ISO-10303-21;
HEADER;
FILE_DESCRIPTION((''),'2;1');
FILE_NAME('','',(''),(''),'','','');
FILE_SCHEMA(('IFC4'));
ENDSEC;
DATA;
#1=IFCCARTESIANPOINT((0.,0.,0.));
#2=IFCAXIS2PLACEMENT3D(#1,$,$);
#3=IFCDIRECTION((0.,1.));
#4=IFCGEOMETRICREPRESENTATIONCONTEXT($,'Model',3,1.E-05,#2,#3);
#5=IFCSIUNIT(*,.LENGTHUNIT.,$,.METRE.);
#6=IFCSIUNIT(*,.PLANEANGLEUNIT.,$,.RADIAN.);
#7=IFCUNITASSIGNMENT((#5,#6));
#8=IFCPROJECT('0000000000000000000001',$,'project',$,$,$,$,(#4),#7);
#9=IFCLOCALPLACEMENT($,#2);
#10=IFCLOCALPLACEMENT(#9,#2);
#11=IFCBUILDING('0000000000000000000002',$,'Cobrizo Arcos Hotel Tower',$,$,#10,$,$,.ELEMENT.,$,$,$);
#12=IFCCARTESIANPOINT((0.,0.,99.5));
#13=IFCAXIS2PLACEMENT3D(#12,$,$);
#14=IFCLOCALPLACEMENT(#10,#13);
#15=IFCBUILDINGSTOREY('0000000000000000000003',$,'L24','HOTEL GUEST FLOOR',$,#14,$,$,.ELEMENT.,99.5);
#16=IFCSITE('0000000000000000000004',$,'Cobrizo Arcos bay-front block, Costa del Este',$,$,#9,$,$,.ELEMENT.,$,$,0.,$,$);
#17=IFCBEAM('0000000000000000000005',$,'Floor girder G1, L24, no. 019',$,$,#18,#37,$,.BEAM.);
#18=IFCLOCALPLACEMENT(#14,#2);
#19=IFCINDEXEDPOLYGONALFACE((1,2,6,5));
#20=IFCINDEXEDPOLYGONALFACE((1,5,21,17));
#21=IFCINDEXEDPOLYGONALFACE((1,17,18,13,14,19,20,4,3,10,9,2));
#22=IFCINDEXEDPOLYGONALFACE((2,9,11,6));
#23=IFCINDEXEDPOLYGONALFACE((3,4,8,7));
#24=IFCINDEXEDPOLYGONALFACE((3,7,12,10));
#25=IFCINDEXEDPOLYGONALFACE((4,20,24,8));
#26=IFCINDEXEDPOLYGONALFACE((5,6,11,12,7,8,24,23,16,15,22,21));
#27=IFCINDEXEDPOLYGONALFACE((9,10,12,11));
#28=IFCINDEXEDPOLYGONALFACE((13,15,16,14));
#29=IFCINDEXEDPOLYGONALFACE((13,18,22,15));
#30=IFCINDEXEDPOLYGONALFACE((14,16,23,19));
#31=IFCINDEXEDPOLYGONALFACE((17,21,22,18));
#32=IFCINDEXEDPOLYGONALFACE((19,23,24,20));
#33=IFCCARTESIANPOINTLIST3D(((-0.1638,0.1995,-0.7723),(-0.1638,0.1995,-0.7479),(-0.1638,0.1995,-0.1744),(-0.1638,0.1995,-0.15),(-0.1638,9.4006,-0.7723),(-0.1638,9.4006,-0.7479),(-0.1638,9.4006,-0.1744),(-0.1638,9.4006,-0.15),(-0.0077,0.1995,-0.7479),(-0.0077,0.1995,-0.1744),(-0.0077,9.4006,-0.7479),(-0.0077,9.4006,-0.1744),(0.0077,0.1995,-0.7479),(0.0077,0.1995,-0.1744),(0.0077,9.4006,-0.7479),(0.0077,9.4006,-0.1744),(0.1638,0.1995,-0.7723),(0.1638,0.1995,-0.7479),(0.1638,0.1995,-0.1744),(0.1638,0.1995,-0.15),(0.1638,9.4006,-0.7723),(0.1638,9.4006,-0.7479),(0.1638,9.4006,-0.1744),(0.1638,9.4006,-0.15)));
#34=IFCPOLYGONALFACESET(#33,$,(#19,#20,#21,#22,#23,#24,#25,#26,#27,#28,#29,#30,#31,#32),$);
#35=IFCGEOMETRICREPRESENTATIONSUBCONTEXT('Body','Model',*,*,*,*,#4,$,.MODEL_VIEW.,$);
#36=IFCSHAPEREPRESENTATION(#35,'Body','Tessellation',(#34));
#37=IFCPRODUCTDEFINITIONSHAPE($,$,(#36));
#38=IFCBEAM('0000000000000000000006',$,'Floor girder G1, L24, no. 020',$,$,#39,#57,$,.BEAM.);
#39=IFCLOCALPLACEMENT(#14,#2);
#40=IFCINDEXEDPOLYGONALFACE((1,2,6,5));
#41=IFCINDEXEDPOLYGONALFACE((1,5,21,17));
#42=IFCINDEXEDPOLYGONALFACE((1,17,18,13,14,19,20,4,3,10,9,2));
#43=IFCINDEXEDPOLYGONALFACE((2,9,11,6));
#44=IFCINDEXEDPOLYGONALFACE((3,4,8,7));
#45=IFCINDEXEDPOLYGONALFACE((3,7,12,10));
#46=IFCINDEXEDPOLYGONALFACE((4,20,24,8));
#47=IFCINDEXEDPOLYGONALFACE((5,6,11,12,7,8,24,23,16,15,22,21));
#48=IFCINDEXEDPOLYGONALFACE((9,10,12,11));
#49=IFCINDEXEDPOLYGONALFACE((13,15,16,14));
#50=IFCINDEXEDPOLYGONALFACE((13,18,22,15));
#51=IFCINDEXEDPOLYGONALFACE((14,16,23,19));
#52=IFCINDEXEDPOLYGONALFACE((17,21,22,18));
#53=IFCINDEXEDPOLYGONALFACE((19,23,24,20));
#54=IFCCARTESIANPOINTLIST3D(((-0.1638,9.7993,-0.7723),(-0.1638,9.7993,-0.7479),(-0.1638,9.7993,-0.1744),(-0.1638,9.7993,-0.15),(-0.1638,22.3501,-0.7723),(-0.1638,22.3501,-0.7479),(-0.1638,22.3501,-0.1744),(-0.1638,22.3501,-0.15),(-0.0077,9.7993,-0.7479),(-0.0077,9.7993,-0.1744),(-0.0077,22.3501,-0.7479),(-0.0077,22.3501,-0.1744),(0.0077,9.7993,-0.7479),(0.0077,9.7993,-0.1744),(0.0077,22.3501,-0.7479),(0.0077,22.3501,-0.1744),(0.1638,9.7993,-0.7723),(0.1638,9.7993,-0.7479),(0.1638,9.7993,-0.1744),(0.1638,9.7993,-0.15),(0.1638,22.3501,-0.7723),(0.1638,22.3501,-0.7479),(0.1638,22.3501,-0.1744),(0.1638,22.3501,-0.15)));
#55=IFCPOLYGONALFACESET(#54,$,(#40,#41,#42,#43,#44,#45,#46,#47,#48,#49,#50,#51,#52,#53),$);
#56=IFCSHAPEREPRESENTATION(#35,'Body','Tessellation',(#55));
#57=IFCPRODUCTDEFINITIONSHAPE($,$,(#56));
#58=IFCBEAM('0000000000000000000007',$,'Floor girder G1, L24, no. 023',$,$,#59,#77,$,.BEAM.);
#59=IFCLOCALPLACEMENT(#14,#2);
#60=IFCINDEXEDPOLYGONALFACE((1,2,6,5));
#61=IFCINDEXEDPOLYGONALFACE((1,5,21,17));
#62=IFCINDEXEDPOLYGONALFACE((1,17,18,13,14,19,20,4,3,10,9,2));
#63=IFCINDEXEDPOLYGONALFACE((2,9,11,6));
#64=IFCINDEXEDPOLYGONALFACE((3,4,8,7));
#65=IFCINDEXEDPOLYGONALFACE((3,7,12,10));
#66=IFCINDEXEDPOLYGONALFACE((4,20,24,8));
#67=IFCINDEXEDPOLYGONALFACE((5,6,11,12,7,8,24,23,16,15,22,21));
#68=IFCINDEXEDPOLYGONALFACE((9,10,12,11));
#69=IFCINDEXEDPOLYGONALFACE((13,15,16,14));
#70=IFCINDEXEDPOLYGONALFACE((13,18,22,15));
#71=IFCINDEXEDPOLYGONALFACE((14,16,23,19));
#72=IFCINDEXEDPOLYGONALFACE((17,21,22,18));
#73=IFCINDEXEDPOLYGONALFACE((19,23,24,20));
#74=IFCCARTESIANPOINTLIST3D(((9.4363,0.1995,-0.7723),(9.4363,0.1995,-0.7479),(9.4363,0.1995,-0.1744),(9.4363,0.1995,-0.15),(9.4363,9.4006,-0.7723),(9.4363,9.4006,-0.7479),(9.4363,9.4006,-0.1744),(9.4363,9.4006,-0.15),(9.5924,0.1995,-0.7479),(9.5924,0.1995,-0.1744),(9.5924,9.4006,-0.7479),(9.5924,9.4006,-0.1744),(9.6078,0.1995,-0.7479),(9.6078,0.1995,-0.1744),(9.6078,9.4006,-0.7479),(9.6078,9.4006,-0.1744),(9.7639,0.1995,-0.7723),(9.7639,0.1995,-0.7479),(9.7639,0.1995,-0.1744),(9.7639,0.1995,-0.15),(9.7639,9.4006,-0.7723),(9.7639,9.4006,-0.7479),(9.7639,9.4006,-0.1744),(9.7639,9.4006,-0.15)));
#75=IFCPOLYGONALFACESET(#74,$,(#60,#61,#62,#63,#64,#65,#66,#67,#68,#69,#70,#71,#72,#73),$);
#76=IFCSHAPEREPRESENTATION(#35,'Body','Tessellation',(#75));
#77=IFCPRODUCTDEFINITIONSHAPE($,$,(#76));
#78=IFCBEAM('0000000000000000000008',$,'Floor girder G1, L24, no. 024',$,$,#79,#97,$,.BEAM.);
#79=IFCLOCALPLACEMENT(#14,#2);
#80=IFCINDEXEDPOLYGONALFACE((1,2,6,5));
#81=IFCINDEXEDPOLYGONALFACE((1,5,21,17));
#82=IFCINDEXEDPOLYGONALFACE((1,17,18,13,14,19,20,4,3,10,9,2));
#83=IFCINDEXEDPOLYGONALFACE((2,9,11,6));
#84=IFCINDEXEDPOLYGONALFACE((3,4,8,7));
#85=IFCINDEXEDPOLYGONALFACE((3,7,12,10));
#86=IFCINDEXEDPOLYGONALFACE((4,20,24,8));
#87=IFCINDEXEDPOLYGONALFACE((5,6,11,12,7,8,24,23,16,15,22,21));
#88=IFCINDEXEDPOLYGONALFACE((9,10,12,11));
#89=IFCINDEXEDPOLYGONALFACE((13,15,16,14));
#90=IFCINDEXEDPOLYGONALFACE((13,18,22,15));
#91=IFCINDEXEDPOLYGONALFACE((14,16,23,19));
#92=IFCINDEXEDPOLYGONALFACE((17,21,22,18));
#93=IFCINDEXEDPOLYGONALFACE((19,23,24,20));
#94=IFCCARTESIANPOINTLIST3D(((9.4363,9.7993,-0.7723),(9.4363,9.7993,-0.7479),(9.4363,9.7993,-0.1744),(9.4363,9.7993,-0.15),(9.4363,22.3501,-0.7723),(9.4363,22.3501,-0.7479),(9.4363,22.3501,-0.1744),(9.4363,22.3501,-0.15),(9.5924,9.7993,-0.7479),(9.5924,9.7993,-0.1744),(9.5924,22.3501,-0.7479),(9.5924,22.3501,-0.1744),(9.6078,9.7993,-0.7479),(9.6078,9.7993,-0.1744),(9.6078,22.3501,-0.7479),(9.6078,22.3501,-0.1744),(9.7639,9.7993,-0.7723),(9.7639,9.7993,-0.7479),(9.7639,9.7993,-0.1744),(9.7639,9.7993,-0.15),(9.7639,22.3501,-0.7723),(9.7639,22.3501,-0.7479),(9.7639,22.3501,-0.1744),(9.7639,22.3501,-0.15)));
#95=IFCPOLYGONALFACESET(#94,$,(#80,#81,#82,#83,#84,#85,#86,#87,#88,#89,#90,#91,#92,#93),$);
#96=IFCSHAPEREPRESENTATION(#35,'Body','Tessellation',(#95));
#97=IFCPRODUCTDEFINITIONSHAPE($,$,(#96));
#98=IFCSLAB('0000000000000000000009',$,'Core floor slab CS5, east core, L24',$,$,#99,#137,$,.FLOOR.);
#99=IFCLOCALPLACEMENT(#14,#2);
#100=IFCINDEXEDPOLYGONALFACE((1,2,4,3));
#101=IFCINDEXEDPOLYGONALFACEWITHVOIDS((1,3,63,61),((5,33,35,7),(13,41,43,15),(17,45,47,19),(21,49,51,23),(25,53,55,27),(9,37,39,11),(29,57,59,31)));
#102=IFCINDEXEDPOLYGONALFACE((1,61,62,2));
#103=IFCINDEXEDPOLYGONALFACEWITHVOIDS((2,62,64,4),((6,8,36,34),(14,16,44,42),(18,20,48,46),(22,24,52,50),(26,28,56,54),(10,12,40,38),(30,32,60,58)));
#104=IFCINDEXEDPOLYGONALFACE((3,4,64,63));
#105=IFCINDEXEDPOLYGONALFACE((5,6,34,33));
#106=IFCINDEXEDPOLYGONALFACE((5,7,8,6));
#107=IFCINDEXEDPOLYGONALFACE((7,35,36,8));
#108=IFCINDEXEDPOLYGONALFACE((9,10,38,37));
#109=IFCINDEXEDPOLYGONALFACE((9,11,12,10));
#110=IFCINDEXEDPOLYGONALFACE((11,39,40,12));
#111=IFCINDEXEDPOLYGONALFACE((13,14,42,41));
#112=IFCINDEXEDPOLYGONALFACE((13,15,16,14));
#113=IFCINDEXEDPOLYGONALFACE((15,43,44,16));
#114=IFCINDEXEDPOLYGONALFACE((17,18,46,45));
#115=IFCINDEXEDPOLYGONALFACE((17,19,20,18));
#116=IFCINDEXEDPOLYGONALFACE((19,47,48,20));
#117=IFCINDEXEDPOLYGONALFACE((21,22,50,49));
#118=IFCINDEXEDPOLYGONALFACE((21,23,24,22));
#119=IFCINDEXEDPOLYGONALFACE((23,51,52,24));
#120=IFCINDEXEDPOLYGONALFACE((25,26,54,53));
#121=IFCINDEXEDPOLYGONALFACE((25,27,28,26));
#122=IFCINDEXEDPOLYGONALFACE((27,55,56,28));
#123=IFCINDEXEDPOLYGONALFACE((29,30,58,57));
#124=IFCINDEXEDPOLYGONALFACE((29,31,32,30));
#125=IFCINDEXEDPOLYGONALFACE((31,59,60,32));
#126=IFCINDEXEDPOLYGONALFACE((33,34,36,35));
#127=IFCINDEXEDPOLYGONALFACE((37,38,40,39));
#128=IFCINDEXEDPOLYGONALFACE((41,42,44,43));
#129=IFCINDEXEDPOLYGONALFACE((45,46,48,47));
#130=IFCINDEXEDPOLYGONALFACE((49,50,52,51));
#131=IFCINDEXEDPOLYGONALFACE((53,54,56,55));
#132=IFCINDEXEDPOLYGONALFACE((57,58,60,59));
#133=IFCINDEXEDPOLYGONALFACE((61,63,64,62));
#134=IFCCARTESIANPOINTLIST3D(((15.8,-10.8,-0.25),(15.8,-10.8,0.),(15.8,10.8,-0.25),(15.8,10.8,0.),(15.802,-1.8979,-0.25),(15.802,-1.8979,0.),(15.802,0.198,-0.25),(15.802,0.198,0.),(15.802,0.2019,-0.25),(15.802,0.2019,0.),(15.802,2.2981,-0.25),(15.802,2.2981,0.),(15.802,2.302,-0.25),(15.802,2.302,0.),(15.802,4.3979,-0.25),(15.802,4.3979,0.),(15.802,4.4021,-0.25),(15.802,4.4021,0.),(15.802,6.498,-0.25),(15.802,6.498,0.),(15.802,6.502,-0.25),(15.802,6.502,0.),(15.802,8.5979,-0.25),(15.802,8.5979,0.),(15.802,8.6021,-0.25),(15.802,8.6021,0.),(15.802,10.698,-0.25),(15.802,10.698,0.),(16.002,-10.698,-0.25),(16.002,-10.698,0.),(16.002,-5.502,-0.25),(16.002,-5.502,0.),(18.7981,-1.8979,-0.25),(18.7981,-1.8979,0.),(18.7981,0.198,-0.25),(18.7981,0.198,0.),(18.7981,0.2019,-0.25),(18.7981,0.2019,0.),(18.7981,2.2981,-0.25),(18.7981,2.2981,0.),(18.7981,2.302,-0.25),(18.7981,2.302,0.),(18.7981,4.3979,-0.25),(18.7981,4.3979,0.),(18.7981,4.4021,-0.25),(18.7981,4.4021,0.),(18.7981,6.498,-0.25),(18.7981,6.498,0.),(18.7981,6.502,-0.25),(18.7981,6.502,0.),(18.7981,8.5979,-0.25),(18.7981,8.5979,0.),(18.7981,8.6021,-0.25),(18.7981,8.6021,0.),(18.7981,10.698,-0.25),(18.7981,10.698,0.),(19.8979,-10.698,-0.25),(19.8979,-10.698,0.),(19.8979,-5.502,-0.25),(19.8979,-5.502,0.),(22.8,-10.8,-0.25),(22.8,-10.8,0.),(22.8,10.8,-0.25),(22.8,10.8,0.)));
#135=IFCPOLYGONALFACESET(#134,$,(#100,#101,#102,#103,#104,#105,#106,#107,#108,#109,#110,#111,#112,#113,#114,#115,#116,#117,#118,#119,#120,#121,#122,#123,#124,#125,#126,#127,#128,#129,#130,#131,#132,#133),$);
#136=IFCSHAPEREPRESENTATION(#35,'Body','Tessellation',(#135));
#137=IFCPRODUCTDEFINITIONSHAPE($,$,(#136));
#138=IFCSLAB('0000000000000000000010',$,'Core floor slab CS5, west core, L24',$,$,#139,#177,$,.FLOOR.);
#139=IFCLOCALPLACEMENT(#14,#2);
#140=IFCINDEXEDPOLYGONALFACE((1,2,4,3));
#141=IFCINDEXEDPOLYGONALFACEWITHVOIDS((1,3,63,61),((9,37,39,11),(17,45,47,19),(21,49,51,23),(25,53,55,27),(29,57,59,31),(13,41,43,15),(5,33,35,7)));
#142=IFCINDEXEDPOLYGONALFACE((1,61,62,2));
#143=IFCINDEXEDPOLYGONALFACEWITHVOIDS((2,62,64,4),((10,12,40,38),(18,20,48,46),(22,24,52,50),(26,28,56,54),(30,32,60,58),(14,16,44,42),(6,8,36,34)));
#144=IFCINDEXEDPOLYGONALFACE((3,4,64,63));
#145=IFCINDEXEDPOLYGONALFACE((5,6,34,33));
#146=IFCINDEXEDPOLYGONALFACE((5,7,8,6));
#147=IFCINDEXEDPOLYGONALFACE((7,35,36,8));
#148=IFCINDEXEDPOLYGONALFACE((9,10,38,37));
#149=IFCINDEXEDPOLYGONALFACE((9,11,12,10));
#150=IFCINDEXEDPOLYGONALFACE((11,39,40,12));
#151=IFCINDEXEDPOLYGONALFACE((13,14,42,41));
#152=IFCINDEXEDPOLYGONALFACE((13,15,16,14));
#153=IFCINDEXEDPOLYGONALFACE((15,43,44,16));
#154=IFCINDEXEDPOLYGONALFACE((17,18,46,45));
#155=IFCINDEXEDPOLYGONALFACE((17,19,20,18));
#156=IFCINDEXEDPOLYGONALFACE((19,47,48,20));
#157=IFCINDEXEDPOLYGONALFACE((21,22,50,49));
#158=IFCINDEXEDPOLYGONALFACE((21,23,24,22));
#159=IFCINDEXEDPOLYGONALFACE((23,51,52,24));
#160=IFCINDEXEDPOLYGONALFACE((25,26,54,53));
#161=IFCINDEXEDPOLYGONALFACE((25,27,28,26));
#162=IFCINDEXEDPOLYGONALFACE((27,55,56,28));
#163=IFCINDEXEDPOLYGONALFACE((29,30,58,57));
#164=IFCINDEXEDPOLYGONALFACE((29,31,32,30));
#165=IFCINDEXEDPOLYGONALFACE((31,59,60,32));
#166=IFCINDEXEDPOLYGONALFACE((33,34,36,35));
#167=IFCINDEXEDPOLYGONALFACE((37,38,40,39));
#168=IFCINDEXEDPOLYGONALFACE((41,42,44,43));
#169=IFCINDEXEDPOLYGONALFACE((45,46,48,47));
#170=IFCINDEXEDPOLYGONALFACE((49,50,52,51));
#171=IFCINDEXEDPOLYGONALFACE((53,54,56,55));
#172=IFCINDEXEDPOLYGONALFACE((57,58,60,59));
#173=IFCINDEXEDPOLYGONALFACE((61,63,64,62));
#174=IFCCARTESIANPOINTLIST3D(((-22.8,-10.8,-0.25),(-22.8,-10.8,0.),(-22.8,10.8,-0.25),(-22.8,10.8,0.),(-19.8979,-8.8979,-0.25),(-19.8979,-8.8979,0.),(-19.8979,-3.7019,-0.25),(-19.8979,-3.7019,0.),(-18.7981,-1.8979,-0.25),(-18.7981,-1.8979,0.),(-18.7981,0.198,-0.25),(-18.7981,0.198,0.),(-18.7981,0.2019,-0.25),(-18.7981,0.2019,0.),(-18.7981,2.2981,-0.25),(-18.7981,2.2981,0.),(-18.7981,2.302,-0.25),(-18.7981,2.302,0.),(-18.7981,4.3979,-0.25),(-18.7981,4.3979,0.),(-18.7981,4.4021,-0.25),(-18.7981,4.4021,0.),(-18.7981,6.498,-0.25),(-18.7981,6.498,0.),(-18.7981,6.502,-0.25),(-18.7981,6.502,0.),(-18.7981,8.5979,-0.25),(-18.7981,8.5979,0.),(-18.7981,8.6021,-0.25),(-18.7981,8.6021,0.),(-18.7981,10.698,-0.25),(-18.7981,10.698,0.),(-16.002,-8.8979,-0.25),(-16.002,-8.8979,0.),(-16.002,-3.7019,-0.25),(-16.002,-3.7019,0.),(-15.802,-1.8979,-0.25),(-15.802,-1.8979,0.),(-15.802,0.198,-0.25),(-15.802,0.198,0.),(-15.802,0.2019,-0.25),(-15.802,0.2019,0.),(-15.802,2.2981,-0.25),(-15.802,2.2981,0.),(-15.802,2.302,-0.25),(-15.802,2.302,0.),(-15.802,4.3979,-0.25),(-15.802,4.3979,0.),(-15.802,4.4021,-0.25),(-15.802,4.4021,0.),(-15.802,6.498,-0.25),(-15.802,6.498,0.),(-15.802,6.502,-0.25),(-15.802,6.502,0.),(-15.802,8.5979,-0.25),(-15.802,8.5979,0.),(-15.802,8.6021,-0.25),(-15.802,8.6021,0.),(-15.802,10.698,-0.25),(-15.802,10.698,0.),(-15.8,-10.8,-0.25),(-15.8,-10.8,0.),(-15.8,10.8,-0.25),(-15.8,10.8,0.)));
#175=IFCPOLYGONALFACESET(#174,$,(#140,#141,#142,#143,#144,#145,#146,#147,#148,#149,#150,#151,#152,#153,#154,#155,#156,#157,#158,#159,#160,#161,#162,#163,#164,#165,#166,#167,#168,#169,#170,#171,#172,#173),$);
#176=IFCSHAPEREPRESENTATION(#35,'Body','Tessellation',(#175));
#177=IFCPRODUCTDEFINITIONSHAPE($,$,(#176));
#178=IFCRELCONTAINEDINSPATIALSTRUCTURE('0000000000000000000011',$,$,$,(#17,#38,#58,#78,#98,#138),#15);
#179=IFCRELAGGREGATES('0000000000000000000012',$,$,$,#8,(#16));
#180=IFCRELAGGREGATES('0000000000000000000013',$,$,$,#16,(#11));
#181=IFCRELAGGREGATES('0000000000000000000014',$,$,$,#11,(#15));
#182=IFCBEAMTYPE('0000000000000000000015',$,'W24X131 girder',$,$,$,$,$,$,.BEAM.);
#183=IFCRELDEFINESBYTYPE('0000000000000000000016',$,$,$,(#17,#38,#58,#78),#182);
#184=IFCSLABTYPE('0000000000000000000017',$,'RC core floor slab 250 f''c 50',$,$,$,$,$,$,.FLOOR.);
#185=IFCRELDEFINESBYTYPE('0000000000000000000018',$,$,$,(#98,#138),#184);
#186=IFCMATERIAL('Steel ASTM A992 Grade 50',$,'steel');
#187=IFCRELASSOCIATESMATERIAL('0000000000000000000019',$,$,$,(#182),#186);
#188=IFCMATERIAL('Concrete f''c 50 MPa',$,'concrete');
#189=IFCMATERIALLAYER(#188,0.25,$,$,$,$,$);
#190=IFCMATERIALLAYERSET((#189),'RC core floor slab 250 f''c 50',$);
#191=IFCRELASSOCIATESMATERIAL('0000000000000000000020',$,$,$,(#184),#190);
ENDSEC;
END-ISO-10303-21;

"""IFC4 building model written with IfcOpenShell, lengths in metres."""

from ifc_helpers import new_model, si_unit, direction, frame, origin, origin_2d, place, context, subcontext, project, spatial, polyline, i_section, outline, extrude, material, layer, layer_set, material_profile, profile_set, type_object, element, save


model = new_model("IFC4")

# Units and contexts
model_context = context("Model", 3, precision=1e-05, world=origin(), true_north=direction((0.0, 1.0)))
body_context = subcontext(model_context, "Body", "Model", "MODEL_VIEW")
ifc_project = project(units=[si_unit("LENGTHUNIT", "METRE"), si_unit("PLANEANGLEUNIT", "RADIAN")], contexts=[model_context])

# Site, building, storey
site_placement = place(None, origin())
site = spatial("IfcSite", under=ifc_project, at=site_placement, Name="Cobrizo Arcos bay-front block, Costa del Este", CompositionType="ELEMENT", RefElevation=0.0)
building_placement = place(site_placement, origin())
building = spatial("IfcBuilding", under=site, at=building_placement, Name="Cobrizo Arcos Hotel Tower", CompositionType="ELEMENT")
storey_placement = place(building_placement, frame((0.0, 0.0, 99.5)))
storey = spatial("IfcBuildingStorey", under=building, at=storey_placement, Name="L24", Description="HOTEL GUEST FLOOR", CompositionType="ELEMENT", Elevation=99.5)

# Shared definitions
ifc_material_1 = material(Name="Steel ASTM A992 Grade 50", Category="steel")

# Beams
ifc_material_profile_1 = material_profile(ifc_material_1, i_section(OverallWidth=0.3276, OverallDepth=0.6223, WebThickness=0.0154, FlangeThickness=0.0244, at=origin_2d()), Name="W24X131")
ifc_profile_set_1 = profile_set([ifc_material_profile_1], Name="Steel ASTM A992 Grade 50")
beam_type_1 = type_object("IfcBeamType", Name="W24X131 girder", PredefinedType="BEAM", material=ifc_profile_set_1)
beam_1_placement = place(storey_placement, frame((0.0, 0.1995, -0.4612), z_axis=(0.0, 1.0, 0.0), x_axis=(-1.0, 0.0, 0.0)))
element("IfcBeam", 1, at=beam_1_placement, inside=storey, type_object=beam_type_1, Name="Floor girder G1, L24, no. 019", PredefinedType="BEAM", context=body_context, shape_type="SweptSolid", body=[
    extrude(i_section(OverallWidth=0.3276, OverallDepth=0.6223, WebThickness=0.0154, FlangeThickness=0.0244, at=origin_2d()), origin(), (0.0, 0.0, 1.0), 9.2012),
])
beam_2_placement = place(storey_placement, frame((0.0, 9.7993, -0.4612), z_axis=(0.0, 1.0, 0.0), x_axis=(-1.0, 0.0, 0.0)))
element("IfcBeam", 2, at=beam_2_placement, inside=storey, type_object=beam_type_1, Name="Floor girder G1, L24, no. 020", PredefinedType="BEAM", context=body_context, shape_type="SweptSolid", body=[
    extrude(i_section(OverallWidth=0.3276, OverallDepth=0.6223, WebThickness=0.0154, FlangeThickness=0.0244, at=origin_2d()), origin(), (0.0, 0.0, 1.0), 12.5508),
])
beam_3_placement = place(storey_placement, frame((9.6001, 0.1995, -0.4612), z_axis=(0.0, 1.0, 0.0), x_axis=(-1.0, 0.0, 0.0)))
element("IfcBeam", 3, at=beam_3_placement, inside=storey, type_object=beam_type_1, Name="Floor girder G1, L24, no. 023", PredefinedType="BEAM", context=body_context, shape_type="SweptSolid", body=[
    extrude(i_section(OverallWidth=0.3276, OverallDepth=0.6223, WebThickness=0.0154, FlangeThickness=0.0244, at=origin_2d()), origin(), (0.0, 0.0, 1.0), 9.2012),
])
beam_4_placement = place(storey_placement, frame((9.6001, 9.7993, -0.4612), z_axis=(0.0, 1.0, 0.0), x_axis=(-1.0, 0.0, 0.0)))
element("IfcBeam", 4, at=beam_4_placement, inside=storey, type_object=beam_type_1, Name="Floor girder G1, L24, no. 024", PredefinedType="BEAM", context=body_context, shape_type="SweptSolid", body=[
    extrude(i_section(OverallWidth=0.3276, OverallDepth=0.6223, WebThickness=0.0154, FlangeThickness=0.0244, at=origin_2d()), origin(), (0.0, 0.0, 1.0), 12.5508),
])

# Slabs
ifc_material_2 = material(Name="Concrete f'c 50 MPa", Category="concrete")
ifc_layer_1 = layer(ifc_material_2, 0.25)
ifc_layer_set_1 = layer_set([ifc_layer_1], Name="RC core floor slab 250 f'c 50")
slab_type_1 = type_object("IfcSlabType", Name="RC core floor slab 250 f'c 50", PredefinedType="FLOOR", material=ifc_layer_set_1)
slab_1_placement = place(storey_placement, frame((0.0, 0.0, -0.25)))
element("IfcSlab", 5, at=slab_1_placement, inside=storey, type_object=slab_type_1, Name="Core floor slab CS5, east core, L24", PredefinedType="FLOOR", context=body_context, shape_type="SweptSolid", body=[
    extrude(outline(polyline([(15.8, 10.8), (22.8, 10.8), (22.8, -10.8), (15.8, -10.8), (15.8, 10.8)]), holes=[polyline([(19.8979, -10.698), (19.8979, -5.502), (16.002, -5.502), (16.002, -10.698), (19.8979, -10.698)]), polyline([(15.802, 0.198), (15.802, -1.8979), (18.7981, -1.8979), (18.7981, 0.198), (15.802, 0.198)]), polyline([(18.7981, 2.2981), (15.802, 2.2981), (15.802, 0.2019), (18.7981, 0.2019), (18.7981, 2.2981)]), polyline([(18.7981, 4.3979), (15.802, 4.3979), (15.802, 2.302), (18.7981, 2.302), (18.7981, 4.3979)]), polyline([(15.802, 6.498), (15.802, 4.4021), (18.7981, 4.4021), (18.7981, 6.498), (15.802, 6.498)]), polyline([(18.7981, 8.5979), (15.802, 8.5979), (15.802, 6.502), (18.7981, 6.502), (18.7981, 8.5979)]), polyline([(18.7981, 10.698), (15.802, 10.698), (15.802, 8.6021), (18.7981, 8.6021), (18.7981, 10.698)])]), origin(), (0.0, 0.0, 1.0), 0.25),
])
slab_2_placement = place(storey_placement, frame((0.0, 0.0, -0.25)))
element("IfcSlab", 6, at=slab_2_placement, inside=storey, type_object=slab_type_1, Name="Core floor slab CS5, west core, L24", PredefinedType="FLOOR", context=body_context, shape_type="SweptSolid", body=[
    extrude(outline(polyline([(-22.8, 10.8), (-15.8, 10.8), (-15.8, -10.8), (-22.8, -10.8), (-22.8, 10.8)]), holes=[polyline([(-19.8979, -3.7019), (-19.8979, -8.8979), (-16.002, -8.8979), (-16.002, -3.7019), (-19.8979, -3.7019)]), polyline([(-18.7981, 0.198), (-18.7981, -1.8979), (-15.802, -1.8979), (-15.802, 0.198), (-18.7981, 0.198)]), polyline([(-15.802, 2.2981), (-18.7981, 2.2981), (-18.7981, 0.2019), (-15.802, 0.2019), (-15.802, 2.2981)]), polyline([(-15.802, 4.3979), (-18.7981, 4.3979), (-18.7981, 2.302), (-15.802, 2.302), (-15.802, 4.3979)]), polyline([(-18.7981, 6.498), (-18.7981, 4.4021), (-15.802, 4.4021), (-15.802, 6.498), (-18.7981, 6.498)]), polyline([(-15.802, 8.5979), (-18.7981, 8.5979), (-18.7981, 6.502), (-15.802, 6.502), (-15.802, 8.5979)]), polyline([(-15.802, 10.698), (-18.7981, 10.698), (-18.7981, 8.6021), (-15.802, 8.6021), (-15.802, 10.698)])]), origin(), (0.0, 0.0, 1.0), 0.25),
])

save(model, "model.ifc")
